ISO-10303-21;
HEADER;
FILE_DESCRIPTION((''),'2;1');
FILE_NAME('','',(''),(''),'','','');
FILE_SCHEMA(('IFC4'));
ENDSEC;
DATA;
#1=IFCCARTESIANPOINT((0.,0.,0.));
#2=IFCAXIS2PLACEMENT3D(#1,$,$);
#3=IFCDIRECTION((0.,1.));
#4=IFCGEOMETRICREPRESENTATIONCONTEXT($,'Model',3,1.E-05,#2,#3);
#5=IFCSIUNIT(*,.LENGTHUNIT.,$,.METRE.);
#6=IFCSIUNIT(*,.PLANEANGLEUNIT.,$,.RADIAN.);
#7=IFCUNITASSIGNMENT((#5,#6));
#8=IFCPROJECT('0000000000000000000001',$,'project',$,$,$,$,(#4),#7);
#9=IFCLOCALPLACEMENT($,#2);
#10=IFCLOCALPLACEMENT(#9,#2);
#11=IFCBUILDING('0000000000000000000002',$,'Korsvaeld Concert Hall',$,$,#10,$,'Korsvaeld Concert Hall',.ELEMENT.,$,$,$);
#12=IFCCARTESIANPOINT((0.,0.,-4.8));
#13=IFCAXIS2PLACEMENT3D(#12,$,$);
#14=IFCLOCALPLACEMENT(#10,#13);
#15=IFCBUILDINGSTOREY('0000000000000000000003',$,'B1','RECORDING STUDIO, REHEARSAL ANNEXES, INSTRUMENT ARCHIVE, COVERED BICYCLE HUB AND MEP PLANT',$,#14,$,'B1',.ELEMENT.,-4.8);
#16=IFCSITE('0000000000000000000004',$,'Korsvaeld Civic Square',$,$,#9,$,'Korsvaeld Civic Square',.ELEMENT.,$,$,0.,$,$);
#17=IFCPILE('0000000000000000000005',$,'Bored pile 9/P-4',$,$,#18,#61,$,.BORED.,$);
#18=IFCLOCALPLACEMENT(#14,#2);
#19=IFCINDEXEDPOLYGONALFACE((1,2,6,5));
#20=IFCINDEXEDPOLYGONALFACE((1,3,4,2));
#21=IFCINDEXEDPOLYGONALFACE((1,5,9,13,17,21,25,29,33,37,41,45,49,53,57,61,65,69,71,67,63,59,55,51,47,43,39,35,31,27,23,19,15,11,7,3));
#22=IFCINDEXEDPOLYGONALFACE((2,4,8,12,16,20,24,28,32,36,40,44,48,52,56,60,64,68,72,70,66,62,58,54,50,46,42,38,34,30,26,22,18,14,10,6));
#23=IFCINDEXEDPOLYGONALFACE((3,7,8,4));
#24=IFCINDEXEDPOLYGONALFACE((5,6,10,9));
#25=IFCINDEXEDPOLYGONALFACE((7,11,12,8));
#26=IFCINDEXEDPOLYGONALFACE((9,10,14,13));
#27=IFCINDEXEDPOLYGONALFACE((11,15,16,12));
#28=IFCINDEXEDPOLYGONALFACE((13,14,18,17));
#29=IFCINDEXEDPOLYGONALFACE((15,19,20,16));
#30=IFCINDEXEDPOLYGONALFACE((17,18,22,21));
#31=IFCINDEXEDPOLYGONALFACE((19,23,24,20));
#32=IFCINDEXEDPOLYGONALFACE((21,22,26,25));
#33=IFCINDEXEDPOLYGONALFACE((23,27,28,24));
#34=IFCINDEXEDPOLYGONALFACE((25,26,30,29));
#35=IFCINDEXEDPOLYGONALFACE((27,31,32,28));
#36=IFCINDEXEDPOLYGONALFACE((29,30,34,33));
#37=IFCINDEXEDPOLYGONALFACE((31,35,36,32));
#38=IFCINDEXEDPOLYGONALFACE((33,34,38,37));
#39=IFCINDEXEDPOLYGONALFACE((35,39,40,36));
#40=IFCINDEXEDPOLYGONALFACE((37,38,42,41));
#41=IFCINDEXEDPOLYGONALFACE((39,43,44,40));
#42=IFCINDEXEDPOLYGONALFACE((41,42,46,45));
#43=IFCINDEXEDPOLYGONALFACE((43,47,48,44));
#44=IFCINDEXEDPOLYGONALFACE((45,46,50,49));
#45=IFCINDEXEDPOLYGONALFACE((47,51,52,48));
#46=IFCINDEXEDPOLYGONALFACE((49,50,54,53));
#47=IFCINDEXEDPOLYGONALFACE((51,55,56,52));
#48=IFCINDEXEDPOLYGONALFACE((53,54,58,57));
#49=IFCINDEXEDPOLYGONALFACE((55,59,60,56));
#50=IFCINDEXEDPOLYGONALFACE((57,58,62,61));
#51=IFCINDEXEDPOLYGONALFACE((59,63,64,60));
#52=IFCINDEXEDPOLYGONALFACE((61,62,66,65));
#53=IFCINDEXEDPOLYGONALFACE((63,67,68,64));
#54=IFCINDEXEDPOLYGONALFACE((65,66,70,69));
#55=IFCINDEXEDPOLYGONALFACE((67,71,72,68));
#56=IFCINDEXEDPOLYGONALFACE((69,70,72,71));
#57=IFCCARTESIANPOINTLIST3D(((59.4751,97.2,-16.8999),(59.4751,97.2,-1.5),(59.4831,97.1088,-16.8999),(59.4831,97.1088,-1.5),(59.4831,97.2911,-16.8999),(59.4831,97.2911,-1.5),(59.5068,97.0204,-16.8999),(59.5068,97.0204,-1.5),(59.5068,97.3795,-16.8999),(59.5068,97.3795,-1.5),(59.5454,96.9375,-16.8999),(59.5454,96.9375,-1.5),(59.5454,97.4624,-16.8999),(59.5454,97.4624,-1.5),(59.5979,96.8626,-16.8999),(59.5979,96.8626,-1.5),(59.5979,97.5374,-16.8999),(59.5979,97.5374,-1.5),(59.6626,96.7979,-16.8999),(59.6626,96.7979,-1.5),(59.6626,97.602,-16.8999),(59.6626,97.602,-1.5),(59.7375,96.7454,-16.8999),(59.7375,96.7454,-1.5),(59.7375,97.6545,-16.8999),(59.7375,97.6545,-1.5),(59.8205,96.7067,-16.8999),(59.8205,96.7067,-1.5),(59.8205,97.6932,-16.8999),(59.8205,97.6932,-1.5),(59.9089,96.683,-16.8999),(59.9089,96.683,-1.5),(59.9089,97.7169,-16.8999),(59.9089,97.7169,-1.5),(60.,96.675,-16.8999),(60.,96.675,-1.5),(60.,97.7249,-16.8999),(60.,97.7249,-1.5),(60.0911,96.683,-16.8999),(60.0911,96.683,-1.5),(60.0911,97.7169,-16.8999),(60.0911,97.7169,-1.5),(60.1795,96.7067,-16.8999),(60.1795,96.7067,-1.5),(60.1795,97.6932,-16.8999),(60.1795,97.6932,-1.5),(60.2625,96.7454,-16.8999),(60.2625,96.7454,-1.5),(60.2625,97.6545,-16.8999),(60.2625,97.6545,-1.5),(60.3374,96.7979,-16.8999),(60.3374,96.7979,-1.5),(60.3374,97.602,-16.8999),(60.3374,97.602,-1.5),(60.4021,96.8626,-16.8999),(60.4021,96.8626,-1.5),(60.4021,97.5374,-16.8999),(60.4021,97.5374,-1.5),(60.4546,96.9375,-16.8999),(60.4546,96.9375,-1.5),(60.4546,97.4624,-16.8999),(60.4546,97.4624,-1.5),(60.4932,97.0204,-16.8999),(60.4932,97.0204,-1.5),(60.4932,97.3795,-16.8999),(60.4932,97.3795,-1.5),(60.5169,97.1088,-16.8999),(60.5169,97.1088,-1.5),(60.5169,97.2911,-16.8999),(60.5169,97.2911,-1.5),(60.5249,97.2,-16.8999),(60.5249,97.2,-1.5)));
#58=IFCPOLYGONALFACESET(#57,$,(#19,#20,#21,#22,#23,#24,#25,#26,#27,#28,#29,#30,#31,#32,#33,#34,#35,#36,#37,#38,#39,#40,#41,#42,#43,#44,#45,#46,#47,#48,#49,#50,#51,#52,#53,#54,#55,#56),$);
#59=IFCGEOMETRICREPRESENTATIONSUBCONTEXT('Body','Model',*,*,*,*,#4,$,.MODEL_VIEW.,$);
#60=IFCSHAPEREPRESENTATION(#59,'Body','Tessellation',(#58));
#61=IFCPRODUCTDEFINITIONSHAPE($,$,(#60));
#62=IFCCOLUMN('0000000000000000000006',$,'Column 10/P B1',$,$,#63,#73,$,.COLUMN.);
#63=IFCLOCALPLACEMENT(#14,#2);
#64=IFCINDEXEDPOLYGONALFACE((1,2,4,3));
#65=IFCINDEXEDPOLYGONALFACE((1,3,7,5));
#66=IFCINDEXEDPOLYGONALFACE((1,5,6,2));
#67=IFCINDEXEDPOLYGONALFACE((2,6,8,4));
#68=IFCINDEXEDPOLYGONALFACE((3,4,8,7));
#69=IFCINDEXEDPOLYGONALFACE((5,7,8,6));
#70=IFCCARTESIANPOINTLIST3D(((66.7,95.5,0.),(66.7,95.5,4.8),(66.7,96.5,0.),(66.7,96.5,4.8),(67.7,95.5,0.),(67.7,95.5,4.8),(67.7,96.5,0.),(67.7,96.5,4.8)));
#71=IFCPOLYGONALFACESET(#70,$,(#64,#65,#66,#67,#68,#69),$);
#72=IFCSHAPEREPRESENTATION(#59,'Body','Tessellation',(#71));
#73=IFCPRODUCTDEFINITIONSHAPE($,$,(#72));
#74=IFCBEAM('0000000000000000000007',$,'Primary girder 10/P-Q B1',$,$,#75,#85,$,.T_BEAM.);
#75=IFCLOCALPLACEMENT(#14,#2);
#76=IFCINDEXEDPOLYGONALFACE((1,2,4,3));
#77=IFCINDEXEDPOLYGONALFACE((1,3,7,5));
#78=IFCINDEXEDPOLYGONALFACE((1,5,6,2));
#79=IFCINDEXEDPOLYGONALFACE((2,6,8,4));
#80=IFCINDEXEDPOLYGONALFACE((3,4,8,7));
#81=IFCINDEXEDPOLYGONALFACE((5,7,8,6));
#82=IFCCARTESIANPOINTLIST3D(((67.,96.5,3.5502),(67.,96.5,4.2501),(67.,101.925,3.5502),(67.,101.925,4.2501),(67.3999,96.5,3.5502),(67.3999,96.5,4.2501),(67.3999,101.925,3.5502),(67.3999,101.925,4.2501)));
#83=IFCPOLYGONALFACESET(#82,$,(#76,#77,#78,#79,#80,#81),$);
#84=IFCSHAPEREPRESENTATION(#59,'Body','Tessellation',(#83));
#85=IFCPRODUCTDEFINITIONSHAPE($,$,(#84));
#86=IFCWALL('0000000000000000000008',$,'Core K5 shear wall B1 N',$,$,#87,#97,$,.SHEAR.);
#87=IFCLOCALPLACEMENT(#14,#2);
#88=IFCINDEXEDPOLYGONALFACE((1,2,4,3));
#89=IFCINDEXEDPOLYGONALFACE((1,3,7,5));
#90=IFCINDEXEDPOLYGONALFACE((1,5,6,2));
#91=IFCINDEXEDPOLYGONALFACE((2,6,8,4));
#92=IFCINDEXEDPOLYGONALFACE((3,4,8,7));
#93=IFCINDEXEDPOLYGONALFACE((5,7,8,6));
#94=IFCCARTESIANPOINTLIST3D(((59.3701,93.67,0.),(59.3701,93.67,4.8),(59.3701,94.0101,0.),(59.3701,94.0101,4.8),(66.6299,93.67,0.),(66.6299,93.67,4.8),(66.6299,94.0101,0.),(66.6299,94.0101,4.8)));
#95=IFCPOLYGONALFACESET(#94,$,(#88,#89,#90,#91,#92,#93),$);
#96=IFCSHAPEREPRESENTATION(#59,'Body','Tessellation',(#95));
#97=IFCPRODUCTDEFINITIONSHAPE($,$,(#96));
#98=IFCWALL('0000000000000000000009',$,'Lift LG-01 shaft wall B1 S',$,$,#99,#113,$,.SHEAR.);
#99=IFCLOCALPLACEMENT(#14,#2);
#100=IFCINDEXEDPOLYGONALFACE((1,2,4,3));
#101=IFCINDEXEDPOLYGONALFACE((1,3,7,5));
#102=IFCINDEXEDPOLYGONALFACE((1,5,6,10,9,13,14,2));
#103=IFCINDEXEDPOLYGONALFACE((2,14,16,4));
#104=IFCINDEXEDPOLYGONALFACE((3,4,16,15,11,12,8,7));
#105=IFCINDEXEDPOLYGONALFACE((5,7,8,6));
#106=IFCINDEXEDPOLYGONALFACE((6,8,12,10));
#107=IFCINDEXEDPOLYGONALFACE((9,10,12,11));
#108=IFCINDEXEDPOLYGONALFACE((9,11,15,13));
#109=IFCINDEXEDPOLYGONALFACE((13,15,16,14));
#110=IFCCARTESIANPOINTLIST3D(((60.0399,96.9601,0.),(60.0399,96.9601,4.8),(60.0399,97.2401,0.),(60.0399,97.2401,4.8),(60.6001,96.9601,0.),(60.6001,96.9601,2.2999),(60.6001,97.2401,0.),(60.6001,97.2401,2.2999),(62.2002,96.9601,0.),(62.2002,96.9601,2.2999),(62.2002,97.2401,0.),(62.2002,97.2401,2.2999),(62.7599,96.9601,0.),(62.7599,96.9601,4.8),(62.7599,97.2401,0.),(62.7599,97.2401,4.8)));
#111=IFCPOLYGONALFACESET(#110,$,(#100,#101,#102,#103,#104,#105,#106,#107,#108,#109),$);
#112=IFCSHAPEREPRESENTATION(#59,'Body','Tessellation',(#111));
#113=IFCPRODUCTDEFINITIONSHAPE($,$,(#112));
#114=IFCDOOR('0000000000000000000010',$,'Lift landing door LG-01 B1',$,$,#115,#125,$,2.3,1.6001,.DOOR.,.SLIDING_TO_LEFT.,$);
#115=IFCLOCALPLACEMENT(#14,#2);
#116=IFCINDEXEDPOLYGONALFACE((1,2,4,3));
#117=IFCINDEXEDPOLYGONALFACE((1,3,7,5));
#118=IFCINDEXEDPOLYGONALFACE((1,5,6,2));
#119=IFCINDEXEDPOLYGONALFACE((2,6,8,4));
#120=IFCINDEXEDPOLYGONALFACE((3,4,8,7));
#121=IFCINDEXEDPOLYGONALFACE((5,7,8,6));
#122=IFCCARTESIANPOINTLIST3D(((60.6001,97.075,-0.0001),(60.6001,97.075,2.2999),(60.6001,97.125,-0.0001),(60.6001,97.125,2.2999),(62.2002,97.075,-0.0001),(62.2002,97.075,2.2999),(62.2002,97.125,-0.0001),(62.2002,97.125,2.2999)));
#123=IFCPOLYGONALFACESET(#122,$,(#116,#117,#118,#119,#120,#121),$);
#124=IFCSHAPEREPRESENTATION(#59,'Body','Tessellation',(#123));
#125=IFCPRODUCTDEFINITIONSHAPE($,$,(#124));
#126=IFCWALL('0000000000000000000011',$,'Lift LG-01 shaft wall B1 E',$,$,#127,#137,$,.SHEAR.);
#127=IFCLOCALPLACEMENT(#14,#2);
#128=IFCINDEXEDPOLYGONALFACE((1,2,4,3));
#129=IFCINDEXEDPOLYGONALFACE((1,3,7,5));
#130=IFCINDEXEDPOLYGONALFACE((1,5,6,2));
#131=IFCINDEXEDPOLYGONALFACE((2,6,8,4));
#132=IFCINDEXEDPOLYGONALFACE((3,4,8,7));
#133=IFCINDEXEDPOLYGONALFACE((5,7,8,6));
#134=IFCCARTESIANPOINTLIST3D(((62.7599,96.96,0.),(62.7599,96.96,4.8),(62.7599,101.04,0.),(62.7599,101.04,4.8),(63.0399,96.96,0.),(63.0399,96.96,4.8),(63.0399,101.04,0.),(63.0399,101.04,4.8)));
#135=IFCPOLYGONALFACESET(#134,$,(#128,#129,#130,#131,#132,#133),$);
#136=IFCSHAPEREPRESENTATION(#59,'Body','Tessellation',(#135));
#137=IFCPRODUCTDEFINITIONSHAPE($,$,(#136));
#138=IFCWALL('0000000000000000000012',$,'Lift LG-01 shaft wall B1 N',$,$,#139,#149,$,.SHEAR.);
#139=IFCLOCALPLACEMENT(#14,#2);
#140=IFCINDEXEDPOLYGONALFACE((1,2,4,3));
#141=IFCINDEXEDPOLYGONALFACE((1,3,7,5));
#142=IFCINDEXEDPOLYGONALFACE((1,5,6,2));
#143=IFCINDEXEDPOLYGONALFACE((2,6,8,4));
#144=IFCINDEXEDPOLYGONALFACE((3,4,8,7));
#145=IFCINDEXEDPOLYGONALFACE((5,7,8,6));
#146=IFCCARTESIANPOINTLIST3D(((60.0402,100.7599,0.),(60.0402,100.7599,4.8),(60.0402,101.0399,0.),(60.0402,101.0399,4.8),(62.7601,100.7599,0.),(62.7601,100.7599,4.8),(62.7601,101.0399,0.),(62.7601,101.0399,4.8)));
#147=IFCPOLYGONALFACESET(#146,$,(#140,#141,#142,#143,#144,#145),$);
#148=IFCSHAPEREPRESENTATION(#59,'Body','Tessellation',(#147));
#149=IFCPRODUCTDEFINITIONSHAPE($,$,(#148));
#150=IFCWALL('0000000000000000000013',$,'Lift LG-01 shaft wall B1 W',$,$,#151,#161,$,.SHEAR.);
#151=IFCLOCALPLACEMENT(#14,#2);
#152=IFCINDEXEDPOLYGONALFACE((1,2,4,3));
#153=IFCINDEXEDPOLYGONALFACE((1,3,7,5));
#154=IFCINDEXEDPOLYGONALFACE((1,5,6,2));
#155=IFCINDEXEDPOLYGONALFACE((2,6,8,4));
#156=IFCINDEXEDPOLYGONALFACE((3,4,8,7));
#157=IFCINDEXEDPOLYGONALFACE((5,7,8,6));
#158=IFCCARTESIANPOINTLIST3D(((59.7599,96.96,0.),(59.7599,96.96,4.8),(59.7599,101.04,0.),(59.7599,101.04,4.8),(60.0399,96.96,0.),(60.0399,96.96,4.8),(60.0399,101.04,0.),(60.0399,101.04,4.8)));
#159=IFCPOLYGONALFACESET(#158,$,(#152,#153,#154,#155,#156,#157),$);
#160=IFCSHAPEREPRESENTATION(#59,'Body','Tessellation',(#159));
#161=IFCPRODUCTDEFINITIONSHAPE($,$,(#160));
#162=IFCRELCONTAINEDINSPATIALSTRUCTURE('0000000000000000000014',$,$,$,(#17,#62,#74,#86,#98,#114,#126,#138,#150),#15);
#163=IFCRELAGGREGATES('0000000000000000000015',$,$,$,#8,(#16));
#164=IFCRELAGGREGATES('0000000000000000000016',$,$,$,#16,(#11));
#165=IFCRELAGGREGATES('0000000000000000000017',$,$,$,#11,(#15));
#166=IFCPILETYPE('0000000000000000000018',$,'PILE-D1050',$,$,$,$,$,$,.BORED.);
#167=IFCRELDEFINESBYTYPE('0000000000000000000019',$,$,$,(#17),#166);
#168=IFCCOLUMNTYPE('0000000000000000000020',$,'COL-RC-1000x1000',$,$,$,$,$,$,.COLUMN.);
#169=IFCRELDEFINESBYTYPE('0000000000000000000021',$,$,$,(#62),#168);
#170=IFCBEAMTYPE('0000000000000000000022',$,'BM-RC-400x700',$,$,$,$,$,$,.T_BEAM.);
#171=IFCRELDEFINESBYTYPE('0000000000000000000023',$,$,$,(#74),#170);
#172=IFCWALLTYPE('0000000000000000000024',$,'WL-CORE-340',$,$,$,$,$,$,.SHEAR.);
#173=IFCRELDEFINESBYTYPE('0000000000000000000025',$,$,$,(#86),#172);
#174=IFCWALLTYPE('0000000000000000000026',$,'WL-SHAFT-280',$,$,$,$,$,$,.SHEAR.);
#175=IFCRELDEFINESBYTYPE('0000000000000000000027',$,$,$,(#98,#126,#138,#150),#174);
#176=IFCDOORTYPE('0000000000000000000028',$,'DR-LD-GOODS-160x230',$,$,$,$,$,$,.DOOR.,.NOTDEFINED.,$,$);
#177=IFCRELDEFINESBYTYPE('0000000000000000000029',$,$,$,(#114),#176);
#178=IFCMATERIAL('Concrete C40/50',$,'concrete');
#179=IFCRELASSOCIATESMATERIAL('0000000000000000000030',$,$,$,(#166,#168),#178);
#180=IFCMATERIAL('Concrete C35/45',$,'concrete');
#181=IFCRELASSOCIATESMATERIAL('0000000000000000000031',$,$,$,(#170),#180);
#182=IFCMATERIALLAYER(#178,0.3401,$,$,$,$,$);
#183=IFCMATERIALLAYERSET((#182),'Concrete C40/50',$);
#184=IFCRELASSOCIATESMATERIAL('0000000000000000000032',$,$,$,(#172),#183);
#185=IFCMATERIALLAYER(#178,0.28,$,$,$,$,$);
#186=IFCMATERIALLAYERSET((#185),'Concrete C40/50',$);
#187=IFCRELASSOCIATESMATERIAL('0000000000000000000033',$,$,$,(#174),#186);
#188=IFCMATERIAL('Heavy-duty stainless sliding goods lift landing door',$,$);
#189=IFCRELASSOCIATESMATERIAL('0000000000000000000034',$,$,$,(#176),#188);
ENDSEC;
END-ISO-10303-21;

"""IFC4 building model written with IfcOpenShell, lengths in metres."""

from ifc_helpers import new_model, si_unit, direction, frame, frame_2d, origin, origin_2d, place, context, subcontext, project, spatial, rectangle, circle, extrude, material, layer, layer_set, material_profile, profile_set, type_object, element, fill, save


model = new_model("IFC4")

# Units and contexts
model_context = context("Model", 3, precision=1e-05, world=origin(), true_north=direction((0.0, 1.0)))
body_context = subcontext(model_context, "Body", "Model", "MODEL_VIEW")
ifc_project = project(units=[si_unit("LENGTHUNIT", "METRE"), si_unit("PLANEANGLEUNIT", "RADIAN")], contexts=[model_context])

# Site, building, storey
site_placement = place(None, origin())
site = spatial("IfcSite", under=ifc_project, at=site_placement, Name="Korsvaeld Civic Square", LongName="Korsvaeld Civic Square", CompositionType="ELEMENT", RefElevation=0.0)
building_placement = place(site_placement, origin())
building = spatial("IfcBuilding", under=site, at=building_placement, Name="Korsvaeld Concert Hall", LongName="Korsvaeld Concert Hall", CompositionType="ELEMENT")
storey_placement = place(building_placement, frame((0.0, 0.0, -4.8)))
storey = spatial("IfcBuildingStorey", under=building, at=storey_placement, Name="B1", Description="RECORDING STUDIO, REHEARSAL ANNEXES, INSTRUMENT ARCHIVE, COVERED BICYCLE HUB AND MEP PLANT", LongName="B1", CompositionType="ELEMENT", Elevation=-4.8)

# Shared definitions
ifc_material_1 = material(Name="Concrete C35/45", Category="concrete")

# Pile
ifc_material_2 = material(Name="Concrete C40/50", Category="concrete")
ifc_material_profile_1 = material_profile(ifc_material_2, circle(Radius=0.5249, at=origin_2d()), Name="BORED PILE D1050")
ifc_profile_set_1 = profile_set([ifc_material_profile_1], Name="Concrete C40/50")
pile_type = type_object("IfcPileType", Name="PILE-D1050", PredefinedType="BORED", material=ifc_profile_set_1)
for number, where, z_axis, x_axis, name in (
    (1, (60.0, 97.2, -1.5), (0.0, 0.0, -1.0), (1.0, 0.0, 0.0), "Bored pile 9/P-4"),
):
    element("IfcPile", number, at=place(storey_placement, frame(where, z_axis=z_axis, x_axis=x_axis)), inside=storey, type_object=pile_type, Name=name, PredefinedType="BORED", context=body_context, shape_type="SweptSolid", body=[
        extrude(circle(Radius=0.5249, at=origin_2d()), origin(), (0.0, 0.0, 1.0), 15.3999),
    ])

# Column
ifc_material_profile_2 = material_profile(ifc_material_2, rectangle(XDim=1.0, YDim=1.0, at=origin_2d()), Name="RC 1000x1000")
ifc_profile_set_2 = profile_set([ifc_material_profile_2], Name="Concrete C40/50")
column_type = type_object("IfcColumnType", Name="COL-RC-1000x1000", PredefinedType="COLUMN", material=ifc_profile_set_2)
column_placement = place(storey_placement, frame((67.2, 96.0, 0.0), z_axis=(0.0, 0.0, 1.0), x_axis=(1.0, 0.0, 0.0)))
element("IfcColumn", 2, at=column_placement, inside=storey, type_object=column_type, Name="Column 10/P B1", PredefinedType="COLUMN", context=body_context, shape_type="SweptSolid", body=[
    extrude(rectangle(XDim=1.0, YDim=1.0, at=origin_2d()), origin(), (0.0, 0.0, 1.0), 4.8),
])

# Beam
ifc_material_profile_3 = material_profile(ifc_material_1, rectangle(XDim=0.3999, YDim=0.7, at=origin_2d()), Name="RC 400x700")
ifc_profile_set_3 = profile_set([ifc_material_profile_3], Name="Concrete C35/45")
beam_type = type_object("IfcBeamType", Name="BM-RC-400x700", PredefinedType="T_BEAM", material=ifc_profile_set_3)
beam_placement = place(storey_placement, frame((67.2, 96.5, 3.9001), z_axis=(0.0, 1.0, 0.0), x_axis=(-1.0, 0.0, 0.0)))
element("IfcBeam", 3, at=beam_placement, inside=storey, type_object=beam_type, Name="Primary girder 10/P-Q B1", PredefinedType="T_BEAM", context=body_context, shape_type="SweptSolid", body=[
    extrude(rectangle(XDim=0.3999, YDim=0.7, at=origin_2d()), origin(), (0.0, 0.0, 1.0), 5.425),
])

# Wall
ifc_layer_1 = layer(ifc_material_2, 0.3401)
ifc_layer_set_1 = layer_set([ifc_layer_1], Name="Concrete C40/50")
wall_type_1 = type_object("IfcWallType", Name="WL-CORE-340", PredefinedType="SHEAR", material=ifc_layer_set_1)
wall_1_placement = place(storey_placement, frame((66.6299, 93.8401, 0.0), z_axis=(0.0, 0.0, 1.0), x_axis=(-1.0, 0.0, 0.0)))
element("IfcWall", 4, at=wall_1_placement, inside=storey, type_object=wall_type_1, Name="Core K5 shear wall B1 N", PredefinedType="SHEAR", context=body_context, shape_type="SweptSolid", body=[
    extrude(rectangle(XDim=7.2598, YDim=0.3401, at=frame_2d((3.6299, 0.0))), origin(), (0.0, 0.0, 1.0), 4.8),
])

# Wall, opening, door
ifc_layer_2 = layer(ifc_material_2, 0.28)
ifc_layer_set_2 = layer_set([ifc_layer_2], Name="Concrete C40/50")
wall_type_2 = type_object("IfcWallType", Name="WL-SHAFT-280", PredefinedType="SHEAR", material=ifc_layer_set_2)
wall_2_placement = place(storey_placement, frame((60.04, 97.1001, 0.0), z_axis=(0.0, 0.0, 1.0), x_axis=(1.0, 0.0, 0.0)))
wall_2 = element("IfcWall", 5, at=wall_2_placement, inside=storey, type_object=wall_type_2, Name="Lift LG-01 shaft wall B1 S", PredefinedType="SHEAR", context=body_context, shape_type="SweptSolid", body=[
    extrude(rectangle(XDim=2.72, YDim=0.28, at=frame_2d((1.3599, 0.0))), origin(), (0.0, 0.0, 1.0), 4.8),
])
opening_placement = place(wall_2_placement, frame((0.5601, 0.0, 0.0)))
opening = element("IfcOpeningElement", 6, at=opening_placement, cuts=wall_2, PredefinedType="OPENING", context=body_context, shape_type="SweptSolid", body=[
    extrude(rectangle(XDim=1.6001, YDim=2.3, at=frame_2d((0.8, 1.1499))), frame((0.0, 0.1499, 0.0), z_axis=(0.0, -1.0, 0.0), x_axis=(1.0, 0.0, 0.0)), (0.0, 0.0, 1.0), 0.3),
])
ifc_material_3 = material(Name="Heavy-duty stainless sliding goods lift landing door")
door_type = type_object("IfcDoorType", Name="DR-LD-GOODS-160x230", OperationType="NOTDEFINED", PredefinedType="DOOR", material=ifc_material_3)
door_placement = place(opening_placement, origin())
door = element("IfcDoor", 7, at=door_placement, inside=storey, type_object=door_type, Name="Lift landing door LG-01 B1", OperationType="SLIDING_TO_LEFT", OverallHeight=2.3, OverallWidth=1.6001, PredefinedType="DOOR", context=body_context, shape_type="SweptSolid", body=[
    extrude(rectangle(XDim=1.6001, YDim=2.3, at=frame_2d((0.8, 1.1499))), frame((0.0, 0.0249, 0.0), z_axis=(0.0, -1.0, 0.0), x_axis=(1.0, 0.0, 0.0)), (0.0, 0.0, 1.0), 0.05),
])
fill(opening, door)

# Walls
wall_3_placement = place(storey_placement, frame((62.8999, 96.96, 0.0), z_axis=(0.0, 0.0, 1.0), x_axis=(0.0, 1.0, 0.0)))
element("IfcWall", 8, at=wall_3_placement, inside=storey, type_object=wall_type_2, Name="Lift LG-01 shaft wall B1 E", PredefinedType="SHEAR", context=body_context, shape_type="SweptSolid", body=[
    extrude(rectangle(XDim=4.0801, YDim=0.28, at=frame_2d((2.04, 0.0))), origin(), (0.0, 0.0, 1.0), 4.8),
])
wall_4_placement = place(storey_placement, frame((62.76, 100.8999, 0.0), z_axis=(0.0, 0.0, 1.0), x_axis=(-1.0, 0.0, 0.0)))
element("IfcWall", 9, at=wall_4_placement, inside=storey, type_object=wall_type_2, Name="Lift LG-01 shaft wall B1 N", PredefinedType="SHEAR", context=body_context, shape_type="SweptSolid", body=[
    extrude(rectangle(XDim=2.72, YDim=0.28, at=frame_2d((1.3599, 0.0))), origin(), (0.0, 0.0, 1.0), 4.8),
])
wall_5_placement = place(storey_placement, frame((59.8999, 101.04, 0.0), z_axis=(0.0, 0.0, 1.0), x_axis=(0.0, -1.0, 0.0)))
element("IfcWall", 10, at=wall_5_placement, inside=storey, type_object=wall_type_2, Name="Lift LG-01 shaft wall B1 W", PredefinedType="SHEAR", context=body_context, shape_type="SweptSolid", body=[
    extrude(rectangle(XDim=4.0801, YDim=0.28, at=frame_2d((2.04, 0.0))), origin(), (0.0, 0.0, 1.0), 4.8),
])

save(model, "model.ifc")
